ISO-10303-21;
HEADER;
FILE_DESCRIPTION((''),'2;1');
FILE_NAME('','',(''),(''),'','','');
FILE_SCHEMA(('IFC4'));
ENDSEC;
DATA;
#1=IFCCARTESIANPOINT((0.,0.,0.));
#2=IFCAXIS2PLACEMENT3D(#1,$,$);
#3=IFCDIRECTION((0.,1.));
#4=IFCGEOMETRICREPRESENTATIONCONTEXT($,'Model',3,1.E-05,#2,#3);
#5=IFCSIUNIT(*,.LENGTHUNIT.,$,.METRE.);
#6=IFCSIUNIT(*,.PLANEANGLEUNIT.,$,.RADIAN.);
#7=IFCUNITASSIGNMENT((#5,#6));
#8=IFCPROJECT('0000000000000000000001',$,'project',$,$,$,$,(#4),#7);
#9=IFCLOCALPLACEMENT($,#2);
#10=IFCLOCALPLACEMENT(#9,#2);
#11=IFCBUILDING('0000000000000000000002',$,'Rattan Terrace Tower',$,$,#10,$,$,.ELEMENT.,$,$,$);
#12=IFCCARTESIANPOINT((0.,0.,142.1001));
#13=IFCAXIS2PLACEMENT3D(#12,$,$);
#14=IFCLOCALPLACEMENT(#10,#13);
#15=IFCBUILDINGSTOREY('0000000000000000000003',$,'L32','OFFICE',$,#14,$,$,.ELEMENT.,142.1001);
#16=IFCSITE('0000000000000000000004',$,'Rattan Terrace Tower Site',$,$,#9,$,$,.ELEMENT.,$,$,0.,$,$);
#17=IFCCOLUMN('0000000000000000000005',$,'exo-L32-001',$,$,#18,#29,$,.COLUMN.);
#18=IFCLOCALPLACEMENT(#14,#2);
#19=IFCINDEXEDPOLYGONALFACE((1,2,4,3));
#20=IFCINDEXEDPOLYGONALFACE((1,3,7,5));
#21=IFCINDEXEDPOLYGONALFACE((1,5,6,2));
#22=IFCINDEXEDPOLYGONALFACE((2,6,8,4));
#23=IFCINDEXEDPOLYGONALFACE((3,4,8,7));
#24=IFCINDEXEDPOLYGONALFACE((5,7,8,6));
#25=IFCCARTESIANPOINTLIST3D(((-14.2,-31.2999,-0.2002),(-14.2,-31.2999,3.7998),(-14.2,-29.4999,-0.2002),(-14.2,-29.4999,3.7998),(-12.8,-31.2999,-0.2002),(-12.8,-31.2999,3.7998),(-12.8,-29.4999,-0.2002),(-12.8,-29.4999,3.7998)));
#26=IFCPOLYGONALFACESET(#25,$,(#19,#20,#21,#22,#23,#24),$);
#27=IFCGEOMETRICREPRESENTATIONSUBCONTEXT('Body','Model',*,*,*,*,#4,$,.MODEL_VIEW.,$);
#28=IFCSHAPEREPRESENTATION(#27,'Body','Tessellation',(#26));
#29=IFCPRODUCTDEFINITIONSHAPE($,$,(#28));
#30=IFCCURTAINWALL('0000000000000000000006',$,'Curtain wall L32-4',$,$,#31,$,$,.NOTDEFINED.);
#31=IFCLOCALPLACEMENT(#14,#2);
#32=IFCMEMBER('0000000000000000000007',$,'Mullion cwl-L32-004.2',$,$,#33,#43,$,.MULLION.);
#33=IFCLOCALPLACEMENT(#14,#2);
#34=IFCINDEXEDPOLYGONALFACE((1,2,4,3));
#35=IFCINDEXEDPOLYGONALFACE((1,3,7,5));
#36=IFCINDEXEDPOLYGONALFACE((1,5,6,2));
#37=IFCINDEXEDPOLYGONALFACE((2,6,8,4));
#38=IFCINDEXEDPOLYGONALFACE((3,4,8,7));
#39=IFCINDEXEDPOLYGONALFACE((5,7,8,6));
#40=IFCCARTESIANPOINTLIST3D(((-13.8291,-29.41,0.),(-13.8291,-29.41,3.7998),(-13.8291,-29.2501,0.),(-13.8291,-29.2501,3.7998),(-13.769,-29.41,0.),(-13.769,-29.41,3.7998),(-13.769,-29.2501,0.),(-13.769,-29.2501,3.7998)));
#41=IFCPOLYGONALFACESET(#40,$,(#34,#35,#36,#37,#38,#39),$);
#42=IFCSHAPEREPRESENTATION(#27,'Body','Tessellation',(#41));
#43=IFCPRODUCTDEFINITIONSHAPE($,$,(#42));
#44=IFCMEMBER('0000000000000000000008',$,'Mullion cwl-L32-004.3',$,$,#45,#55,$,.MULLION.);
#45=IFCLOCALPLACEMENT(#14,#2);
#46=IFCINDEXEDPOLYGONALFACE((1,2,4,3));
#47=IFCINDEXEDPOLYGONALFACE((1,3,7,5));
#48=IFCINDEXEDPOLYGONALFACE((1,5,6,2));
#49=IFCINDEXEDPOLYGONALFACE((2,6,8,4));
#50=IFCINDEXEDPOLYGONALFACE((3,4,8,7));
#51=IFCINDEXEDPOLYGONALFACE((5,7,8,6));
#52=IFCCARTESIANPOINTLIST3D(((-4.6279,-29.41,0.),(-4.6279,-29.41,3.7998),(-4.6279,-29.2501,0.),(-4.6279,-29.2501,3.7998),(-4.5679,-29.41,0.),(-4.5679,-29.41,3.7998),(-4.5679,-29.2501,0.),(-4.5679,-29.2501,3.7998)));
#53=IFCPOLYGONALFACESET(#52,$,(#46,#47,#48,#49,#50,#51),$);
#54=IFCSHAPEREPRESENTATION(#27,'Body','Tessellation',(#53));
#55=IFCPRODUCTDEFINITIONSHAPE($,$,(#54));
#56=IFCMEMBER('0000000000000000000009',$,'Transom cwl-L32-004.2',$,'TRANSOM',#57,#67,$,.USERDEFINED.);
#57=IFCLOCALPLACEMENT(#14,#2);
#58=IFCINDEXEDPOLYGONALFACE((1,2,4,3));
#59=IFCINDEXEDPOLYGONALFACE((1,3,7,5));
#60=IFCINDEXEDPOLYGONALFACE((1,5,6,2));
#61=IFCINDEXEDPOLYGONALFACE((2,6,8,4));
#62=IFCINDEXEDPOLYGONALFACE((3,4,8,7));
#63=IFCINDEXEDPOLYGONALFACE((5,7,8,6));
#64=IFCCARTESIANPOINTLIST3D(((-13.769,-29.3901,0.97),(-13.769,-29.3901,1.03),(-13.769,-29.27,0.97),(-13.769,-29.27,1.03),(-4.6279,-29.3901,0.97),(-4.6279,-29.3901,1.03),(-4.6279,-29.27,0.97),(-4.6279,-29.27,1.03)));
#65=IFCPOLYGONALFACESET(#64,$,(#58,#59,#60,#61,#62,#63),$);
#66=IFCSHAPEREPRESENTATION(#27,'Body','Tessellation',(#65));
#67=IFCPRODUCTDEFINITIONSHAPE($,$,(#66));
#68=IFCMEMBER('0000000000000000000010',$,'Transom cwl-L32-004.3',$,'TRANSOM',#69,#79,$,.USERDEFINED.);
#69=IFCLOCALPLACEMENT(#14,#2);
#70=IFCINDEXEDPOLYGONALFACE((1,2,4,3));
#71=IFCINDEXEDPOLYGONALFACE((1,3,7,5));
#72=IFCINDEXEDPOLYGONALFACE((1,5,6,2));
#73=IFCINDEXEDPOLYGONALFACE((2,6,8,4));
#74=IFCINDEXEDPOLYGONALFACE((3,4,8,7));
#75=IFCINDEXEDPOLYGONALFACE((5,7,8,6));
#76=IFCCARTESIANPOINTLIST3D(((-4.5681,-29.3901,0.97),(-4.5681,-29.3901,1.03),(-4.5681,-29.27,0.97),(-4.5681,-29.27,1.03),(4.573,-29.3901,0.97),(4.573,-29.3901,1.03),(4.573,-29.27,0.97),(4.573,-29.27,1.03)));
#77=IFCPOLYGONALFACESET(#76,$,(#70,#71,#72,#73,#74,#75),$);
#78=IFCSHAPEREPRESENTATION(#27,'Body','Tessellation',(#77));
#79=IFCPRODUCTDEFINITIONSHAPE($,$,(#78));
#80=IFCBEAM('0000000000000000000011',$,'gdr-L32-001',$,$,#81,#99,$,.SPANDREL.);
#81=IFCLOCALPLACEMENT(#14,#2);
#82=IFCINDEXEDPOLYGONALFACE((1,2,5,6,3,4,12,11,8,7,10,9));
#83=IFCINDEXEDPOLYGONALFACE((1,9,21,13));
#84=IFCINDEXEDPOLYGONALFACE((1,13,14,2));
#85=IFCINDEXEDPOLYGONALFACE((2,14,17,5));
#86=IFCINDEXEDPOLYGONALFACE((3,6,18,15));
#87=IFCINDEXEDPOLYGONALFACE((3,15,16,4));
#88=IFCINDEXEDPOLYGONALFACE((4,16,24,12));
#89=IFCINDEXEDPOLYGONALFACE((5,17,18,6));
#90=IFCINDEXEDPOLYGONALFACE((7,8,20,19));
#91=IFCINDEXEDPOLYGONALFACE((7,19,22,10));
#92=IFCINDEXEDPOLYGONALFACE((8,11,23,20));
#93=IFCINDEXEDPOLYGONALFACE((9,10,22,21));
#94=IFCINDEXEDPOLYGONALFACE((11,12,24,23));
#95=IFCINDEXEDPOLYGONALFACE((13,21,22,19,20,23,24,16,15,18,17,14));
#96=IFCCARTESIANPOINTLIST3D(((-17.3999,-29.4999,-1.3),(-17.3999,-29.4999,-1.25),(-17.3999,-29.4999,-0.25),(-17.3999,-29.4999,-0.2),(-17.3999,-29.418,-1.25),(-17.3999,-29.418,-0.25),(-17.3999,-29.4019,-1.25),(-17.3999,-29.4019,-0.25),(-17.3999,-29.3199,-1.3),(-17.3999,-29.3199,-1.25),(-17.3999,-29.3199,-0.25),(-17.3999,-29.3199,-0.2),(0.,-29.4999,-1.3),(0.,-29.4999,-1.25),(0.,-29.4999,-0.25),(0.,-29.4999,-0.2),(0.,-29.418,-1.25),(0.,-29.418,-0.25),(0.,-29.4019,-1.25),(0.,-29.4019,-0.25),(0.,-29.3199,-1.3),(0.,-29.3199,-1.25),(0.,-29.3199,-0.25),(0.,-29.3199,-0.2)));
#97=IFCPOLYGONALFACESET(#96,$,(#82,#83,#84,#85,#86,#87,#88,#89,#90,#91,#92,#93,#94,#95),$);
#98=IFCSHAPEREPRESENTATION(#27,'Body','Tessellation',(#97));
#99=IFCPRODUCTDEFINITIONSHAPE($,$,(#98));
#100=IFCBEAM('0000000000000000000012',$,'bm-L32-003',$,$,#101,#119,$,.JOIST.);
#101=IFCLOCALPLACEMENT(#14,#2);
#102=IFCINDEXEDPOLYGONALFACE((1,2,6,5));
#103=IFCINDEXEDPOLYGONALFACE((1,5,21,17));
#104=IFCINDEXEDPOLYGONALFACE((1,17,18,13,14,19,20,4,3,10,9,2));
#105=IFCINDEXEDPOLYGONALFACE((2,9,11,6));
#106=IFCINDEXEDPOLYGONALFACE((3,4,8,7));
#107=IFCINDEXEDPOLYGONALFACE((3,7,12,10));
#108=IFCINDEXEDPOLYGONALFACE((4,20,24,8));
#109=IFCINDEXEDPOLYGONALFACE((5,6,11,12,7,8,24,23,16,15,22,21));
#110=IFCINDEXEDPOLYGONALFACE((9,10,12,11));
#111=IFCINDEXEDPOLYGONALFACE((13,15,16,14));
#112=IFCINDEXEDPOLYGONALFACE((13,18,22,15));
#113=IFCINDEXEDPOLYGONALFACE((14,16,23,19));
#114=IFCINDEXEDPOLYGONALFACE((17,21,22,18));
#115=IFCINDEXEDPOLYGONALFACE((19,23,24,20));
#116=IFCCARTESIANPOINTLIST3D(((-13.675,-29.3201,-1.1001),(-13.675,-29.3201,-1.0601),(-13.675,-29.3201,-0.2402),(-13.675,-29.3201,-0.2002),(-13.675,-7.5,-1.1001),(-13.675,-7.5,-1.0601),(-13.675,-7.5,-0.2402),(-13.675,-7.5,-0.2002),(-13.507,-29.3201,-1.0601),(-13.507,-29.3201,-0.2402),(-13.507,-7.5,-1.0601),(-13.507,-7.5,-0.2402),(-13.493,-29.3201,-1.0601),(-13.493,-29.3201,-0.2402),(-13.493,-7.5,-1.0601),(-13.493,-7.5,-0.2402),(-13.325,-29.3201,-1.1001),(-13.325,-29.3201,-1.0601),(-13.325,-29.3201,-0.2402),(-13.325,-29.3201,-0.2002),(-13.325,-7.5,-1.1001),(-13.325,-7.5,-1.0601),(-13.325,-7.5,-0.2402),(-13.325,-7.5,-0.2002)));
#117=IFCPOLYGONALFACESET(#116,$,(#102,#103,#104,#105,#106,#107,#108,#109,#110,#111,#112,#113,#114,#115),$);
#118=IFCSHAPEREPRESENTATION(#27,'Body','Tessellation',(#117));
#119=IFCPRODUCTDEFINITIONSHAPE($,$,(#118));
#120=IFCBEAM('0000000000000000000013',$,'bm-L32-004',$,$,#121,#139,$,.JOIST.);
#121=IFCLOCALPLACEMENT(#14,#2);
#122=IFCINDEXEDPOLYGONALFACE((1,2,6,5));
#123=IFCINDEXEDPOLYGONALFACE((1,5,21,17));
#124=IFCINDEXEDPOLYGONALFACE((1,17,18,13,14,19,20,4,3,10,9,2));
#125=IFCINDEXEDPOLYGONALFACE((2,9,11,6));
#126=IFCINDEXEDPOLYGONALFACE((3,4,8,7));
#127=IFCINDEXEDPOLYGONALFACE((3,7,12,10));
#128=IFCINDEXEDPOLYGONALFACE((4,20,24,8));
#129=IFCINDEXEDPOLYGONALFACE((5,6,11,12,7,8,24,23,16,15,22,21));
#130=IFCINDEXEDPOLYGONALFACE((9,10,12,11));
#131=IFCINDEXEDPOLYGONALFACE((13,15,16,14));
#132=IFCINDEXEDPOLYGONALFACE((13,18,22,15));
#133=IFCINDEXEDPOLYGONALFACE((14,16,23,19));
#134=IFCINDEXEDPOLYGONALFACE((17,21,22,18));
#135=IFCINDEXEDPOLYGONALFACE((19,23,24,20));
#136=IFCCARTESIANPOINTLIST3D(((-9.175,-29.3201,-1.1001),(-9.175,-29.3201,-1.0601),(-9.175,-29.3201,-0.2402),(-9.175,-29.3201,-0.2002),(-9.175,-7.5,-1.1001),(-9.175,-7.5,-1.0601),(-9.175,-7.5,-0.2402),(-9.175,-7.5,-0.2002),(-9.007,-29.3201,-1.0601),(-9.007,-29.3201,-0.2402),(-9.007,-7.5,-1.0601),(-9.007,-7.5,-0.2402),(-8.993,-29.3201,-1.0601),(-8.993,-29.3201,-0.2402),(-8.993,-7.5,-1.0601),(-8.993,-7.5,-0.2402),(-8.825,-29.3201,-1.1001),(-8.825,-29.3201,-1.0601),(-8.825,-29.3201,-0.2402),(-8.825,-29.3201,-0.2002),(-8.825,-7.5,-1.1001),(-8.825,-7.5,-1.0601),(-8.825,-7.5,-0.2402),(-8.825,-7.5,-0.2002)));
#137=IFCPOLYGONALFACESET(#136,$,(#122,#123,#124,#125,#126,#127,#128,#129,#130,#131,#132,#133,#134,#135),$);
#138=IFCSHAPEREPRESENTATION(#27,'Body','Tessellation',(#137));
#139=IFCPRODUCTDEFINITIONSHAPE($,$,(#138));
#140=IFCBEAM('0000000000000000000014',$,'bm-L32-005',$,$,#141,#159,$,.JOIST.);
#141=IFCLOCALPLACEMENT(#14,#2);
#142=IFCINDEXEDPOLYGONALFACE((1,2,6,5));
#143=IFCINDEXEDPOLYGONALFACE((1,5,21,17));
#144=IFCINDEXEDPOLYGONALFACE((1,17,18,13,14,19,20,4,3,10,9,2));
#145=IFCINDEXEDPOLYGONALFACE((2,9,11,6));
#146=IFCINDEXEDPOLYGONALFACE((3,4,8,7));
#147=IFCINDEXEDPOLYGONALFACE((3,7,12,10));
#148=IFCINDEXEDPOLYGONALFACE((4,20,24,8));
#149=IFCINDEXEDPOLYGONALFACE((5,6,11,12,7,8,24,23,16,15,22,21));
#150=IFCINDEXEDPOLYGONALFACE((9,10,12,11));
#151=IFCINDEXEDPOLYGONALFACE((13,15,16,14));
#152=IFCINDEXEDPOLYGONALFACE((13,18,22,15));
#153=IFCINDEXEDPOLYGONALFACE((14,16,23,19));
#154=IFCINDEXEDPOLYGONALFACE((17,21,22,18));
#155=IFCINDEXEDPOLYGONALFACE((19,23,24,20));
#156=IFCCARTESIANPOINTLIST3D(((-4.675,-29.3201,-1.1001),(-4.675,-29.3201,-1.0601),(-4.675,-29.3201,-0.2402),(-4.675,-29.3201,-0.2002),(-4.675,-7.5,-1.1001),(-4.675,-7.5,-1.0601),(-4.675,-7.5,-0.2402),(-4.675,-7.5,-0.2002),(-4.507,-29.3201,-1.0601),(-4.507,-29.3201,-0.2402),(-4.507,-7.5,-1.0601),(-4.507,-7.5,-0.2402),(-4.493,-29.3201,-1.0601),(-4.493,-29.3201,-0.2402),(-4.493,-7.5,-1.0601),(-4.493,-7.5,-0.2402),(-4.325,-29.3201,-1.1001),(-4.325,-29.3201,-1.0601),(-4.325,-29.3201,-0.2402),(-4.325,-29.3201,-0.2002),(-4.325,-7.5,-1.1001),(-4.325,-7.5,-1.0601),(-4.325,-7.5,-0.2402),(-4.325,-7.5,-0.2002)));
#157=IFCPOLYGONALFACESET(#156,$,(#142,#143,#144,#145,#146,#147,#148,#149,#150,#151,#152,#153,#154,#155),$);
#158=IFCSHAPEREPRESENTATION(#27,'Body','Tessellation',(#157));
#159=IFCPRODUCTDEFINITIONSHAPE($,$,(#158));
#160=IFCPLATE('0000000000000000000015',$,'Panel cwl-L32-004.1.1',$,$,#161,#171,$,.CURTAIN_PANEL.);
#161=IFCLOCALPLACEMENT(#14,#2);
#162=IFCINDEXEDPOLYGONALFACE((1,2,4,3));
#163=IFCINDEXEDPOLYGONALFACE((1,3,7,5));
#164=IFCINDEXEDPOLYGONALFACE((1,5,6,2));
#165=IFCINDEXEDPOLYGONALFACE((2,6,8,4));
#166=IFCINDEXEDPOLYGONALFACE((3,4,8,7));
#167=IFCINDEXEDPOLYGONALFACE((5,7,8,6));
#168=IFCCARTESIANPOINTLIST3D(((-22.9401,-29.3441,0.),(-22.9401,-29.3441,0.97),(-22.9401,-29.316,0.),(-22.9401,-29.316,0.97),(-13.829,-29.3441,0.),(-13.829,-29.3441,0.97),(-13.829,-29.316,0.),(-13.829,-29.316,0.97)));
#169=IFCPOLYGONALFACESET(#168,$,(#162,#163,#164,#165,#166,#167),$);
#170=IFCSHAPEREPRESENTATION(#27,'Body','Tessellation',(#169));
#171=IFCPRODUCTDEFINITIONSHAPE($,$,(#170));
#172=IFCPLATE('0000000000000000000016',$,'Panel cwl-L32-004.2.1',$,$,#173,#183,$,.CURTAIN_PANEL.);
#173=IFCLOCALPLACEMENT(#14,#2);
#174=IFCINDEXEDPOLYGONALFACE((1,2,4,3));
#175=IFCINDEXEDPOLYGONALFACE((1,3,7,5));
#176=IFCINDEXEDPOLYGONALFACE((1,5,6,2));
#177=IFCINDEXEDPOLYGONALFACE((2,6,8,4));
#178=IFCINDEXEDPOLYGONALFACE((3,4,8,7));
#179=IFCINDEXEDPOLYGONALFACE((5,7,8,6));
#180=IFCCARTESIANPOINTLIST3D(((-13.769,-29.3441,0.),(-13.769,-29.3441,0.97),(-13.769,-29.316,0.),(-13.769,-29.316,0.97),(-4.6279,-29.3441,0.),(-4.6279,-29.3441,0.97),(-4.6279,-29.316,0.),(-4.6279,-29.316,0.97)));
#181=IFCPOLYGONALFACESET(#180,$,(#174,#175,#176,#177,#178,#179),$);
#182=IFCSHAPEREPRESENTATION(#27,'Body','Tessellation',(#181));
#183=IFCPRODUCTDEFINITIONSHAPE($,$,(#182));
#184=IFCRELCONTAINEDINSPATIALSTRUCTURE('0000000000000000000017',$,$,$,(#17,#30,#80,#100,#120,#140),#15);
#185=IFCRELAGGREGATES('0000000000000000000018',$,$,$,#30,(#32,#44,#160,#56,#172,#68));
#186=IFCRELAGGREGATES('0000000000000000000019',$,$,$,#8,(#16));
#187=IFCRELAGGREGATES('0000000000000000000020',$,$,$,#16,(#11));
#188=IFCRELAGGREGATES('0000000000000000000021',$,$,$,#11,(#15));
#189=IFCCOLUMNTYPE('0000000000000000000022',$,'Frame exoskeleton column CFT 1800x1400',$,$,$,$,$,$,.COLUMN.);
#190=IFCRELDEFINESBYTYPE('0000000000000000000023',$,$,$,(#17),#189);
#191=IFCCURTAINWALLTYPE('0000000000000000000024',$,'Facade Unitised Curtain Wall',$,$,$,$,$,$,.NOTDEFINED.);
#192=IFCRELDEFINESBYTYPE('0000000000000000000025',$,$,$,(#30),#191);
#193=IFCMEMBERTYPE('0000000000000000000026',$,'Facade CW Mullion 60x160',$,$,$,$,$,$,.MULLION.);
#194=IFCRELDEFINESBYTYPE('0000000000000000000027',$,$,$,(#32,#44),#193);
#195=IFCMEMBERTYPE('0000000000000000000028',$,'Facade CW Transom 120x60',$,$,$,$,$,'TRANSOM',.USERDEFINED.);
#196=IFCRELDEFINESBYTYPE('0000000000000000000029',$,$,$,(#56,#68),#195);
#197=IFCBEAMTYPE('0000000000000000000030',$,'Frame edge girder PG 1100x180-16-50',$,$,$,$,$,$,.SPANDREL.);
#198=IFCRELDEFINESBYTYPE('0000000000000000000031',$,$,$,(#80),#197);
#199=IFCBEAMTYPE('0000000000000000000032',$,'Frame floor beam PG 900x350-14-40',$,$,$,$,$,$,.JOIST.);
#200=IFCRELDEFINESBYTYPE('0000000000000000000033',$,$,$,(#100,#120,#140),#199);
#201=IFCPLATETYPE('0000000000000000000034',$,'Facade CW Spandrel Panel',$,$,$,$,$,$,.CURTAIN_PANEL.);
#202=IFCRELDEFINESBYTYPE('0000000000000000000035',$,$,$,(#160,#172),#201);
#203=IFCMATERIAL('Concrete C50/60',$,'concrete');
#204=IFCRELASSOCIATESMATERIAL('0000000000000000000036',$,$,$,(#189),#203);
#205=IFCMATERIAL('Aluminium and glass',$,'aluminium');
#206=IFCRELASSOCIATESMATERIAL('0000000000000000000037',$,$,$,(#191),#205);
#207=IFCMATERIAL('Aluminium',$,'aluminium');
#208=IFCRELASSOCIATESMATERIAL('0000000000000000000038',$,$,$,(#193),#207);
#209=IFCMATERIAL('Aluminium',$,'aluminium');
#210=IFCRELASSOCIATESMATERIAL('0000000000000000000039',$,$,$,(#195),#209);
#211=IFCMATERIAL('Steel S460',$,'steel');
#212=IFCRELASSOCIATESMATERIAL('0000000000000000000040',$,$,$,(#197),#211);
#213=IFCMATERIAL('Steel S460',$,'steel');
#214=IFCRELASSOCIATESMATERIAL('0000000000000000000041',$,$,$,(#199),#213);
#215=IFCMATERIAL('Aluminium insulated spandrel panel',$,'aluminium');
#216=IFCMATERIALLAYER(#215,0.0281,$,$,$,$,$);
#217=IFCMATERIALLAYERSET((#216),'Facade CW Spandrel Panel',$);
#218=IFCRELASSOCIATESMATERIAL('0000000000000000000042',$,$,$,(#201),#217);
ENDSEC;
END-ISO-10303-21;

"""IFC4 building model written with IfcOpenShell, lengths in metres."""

from ifc_helpers import new_model, si_unit, direction, frame, origin, origin_2d, place, context, subcontext, project, spatial, rectangle, i_section, extrude, material, layer, layer_set, material_profile, profile_set, type_object, element, aggregate, save


model = new_model("IFC4")

# Units and contexts
model_context = context("Model", 3, precision=1e-05, world=origin(), true_north=direction((0.0, 1.0)))
body_context = subcontext(model_context, "Body", "Model", "MODEL_VIEW")
ifc_project = project(units=[si_unit("LENGTHUNIT", "METRE"), si_unit("PLANEANGLEUNIT", "RADIAN")], contexts=[model_context])

# Site, building, storey
site_placement = place(None, origin())
site = spatial("IfcSite", under=ifc_project, at=site_placement, Name="Rattan Terrace Tower Site", CompositionType="ELEMENT", RefElevation=0.0)
building_placement = place(site_placement, origin())
building = spatial("IfcBuilding", under=site, at=building_placement, Name="Rattan Terrace Tower", CompositionType="ELEMENT")
storey_placement = place(building_placement, frame((0.0, 0.0, 142.1001)))
storey = spatial("IfcBuildingStorey", under=building, at=storey_placement, Name="L32", Description="OFFICE", CompositionType="ELEMENT", Elevation=142.1001)

# Column
ifc_material_1 = material(Name="Concrete C50/60", Category="concrete")
ifc_material_profile_1 = material_profile(ifc_material_1, rectangle(XDim=1.3999, YDim=1.8, at=origin_2d()), Name="CFT 1800x1400")
ifc_profile_set_1 = profile_set([ifc_material_profile_1], Name="Concrete C50/60")
column_type = type_object("IfcColumnType", Name="Frame exoskeleton column CFT 1800x1400", PredefinedType="COLUMN", material=ifc_profile_set_1)
column_placement = place(storey_placement, frame((-13.5, -30.3999, -0.2002), z_axis=(0.0, 0.0, 1.0), x_axis=(1.0, 0.0, 0.0)))
element("IfcColumn", 1, at=column_placement, inside=storey, type_object=column_type, Name="exo-L32-001", PredefinedType="COLUMN", context=body_context, shape_type="SweptSolid", body=[
    extrude(rectangle(XDim=1.3999, YDim=1.8, at=origin_2d()), origin(), (0.0, 0.0, 1.0), 4.0),
])

# Curtain wall, members
ifc_material_2 = material(Name="Aluminium and glass", Category="aluminium")
curtain_wall_type = type_object("IfcCurtainWallType", Name="Facade Unitised Curtain Wall", PredefinedType="NOTDEFINED", material=ifc_material_2)
curtain_wall_placement = place(storey_placement, origin())
curtain_wall = element("IfcCurtainWall", 2, at=curtain_wall_placement, inside=storey, type_object=curtain_wall_type, Name="Curtain wall L32-4", PredefinedType="NOTDEFINED")
ifc_material_3 = material(Name="Aluminium", Category="aluminium")
ifc_material_profile_2 = material_profile(ifc_material_3, rectangle(XDim=0.0601, YDim=0.1599, at=origin_2d()), Name="Aluminium 60x160")
ifc_profile_set_2 = profile_set([ifc_material_profile_2], Name="Aluminium")
member_type_1 = type_object("IfcMemberType", Name="Facade CW Mullion 60x160", PredefinedType="MULLION", material=ifc_profile_set_2)
member_1_placement = place(storey_placement, frame((-13.7991, -29.3301, 0.0), z_axis=(0.0, 0.0, 1.0), x_axis=(1.0, 0.0, 0.0)))
member_1 = element("IfcMember", 3, at=member_1_placement, type_object=member_type_1, Name="Mullion cwl-L32-004.2", PredefinedType="MULLION", context=body_context, shape_type="SweptSolid", body=[
    extrude(rectangle(XDim=0.0601, YDim=0.1599, at=origin_2d()), origin(), (0.0, 0.0, 1.0), 3.7998),
])
member_2_placement = place(storey_placement, frame((-4.5979, -29.3301, 0.0), z_axis=(0.0, 0.0, 1.0), x_axis=(1.0, 0.0, 0.0)))
member_2 = element("IfcMember", 4, at=member_2_placement, type_object=member_type_1, Name="Mullion cwl-L32-004.3", PredefinedType="MULLION", context=body_context, shape_type="SweptSolid", body=[
    extrude(rectangle(XDim=0.0601, YDim=0.1599, at=origin_2d()), origin(), (0.0, 0.0, 1.0), 3.7998),
])
ifc_material_4 = material(Name="Aluminium", Category="aluminium")
ifc_material_profile_3 = material_profile(ifc_material_4, rectangle(XDim=0.1201, YDim=0.0601, at=origin_2d()), Name="Aluminium 120x60")
ifc_profile_set_3 = profile_set([ifc_material_profile_3], Name="Aluminium")
member_type_2 = type_object("IfcMemberType", Name="Facade CW Transom 120x60", ElementType="TRANSOM", PredefinedType="USERDEFINED", material=ifc_profile_set_3)
member_3_placement = place(storey_placement, frame((-13.769, -29.3301, 1.0), z_axis=(1.0, 0.0, 0.0), x_axis=(0.0, 1.0, 0.0)))
member_3 = element("IfcMember", 5, at=member_3_placement, type_object=member_type_2, Name="Transom cwl-L32-004.2", ObjectType="TRANSOM", PredefinedType="USERDEFINED", context=body_context, shape_type="SweptSolid", body=[
    extrude(rectangle(XDim=0.1201, YDim=0.0601, at=origin_2d()), origin(), (0.0, 0.0, 1.0), 9.1411),
])
member_4_placement = place(storey_placement, frame((-4.5681, -29.3301, 1.0), z_axis=(1.0, 0.0, 0.0), x_axis=(0.0, 1.0, 0.0)))
member_4 = element("IfcMember", 6, at=member_4_placement, type_object=member_type_2, Name="Transom cwl-L32-004.3", ObjectType="TRANSOM", PredefinedType="USERDEFINED", context=body_context, shape_type="SweptSolid", body=[
    extrude(rectangle(XDim=0.1201, YDim=0.0601, at=origin_2d()), origin(), (0.0, 0.0, 1.0), 9.1411),
])

# Beams
ifc_material_5 = material(Name="Steel S460", Category="steel")
ifc_material_profile_4 = material_profile(ifc_material_5, i_section(OverallWidth=0.1799, OverallDepth=1.1001, WebThickness=0.0161, FlangeThickness=0.05, at=origin_2d()), Name="PG 1100x180-16-50")
ifc_profile_set_4 = profile_set([ifc_material_profile_4], Name="Steel S460")
beam_type_1 = type_object("IfcBeamType", Name="Frame edge girder PG 1100x180-16-50", PredefinedType="SPANDREL", material=ifc_profile_set_4)
beam_placement = place(storey_placement, frame((-17.3999, -29.4099, -0.75), z_axis=(1.0, 0.0, 0.0), x_axis=(0.0, 1.0, 0.0)))
element("IfcBeam", 7, at=beam_placement, inside=storey, type_object=beam_type_1, Name="gdr-L32-001", PredefinedType="SPANDREL", context=body_context, shape_type="SweptSolid", body=[
    extrude(i_section(OverallWidth=0.1799, OverallDepth=1.1001, WebThickness=0.0161, FlangeThickness=0.05, at=origin_2d()), origin(), (0.0, 0.0, 1.0), 17.3999),
])
ifc_material_6 = material(Name="Steel S460", Category="steel")
ifc_material_profile_5 = material_profile(ifc_material_6, i_section(OverallWidth=0.3501, OverallDepth=0.8999, WebThickness=0.0139, FlangeThickness=0.04, at=origin_2d()), Name="PG 900x350-14-40")
ifc_profile_set_5 = profile_set([ifc_material_profile_5], Name="Steel S460")
beam_type_2 = type_object("IfcBeamType", Name="Frame floor beam PG 900x350-14-40", PredefinedType="JOIST", material=ifc_profile_set_5)
for number, where, z_axis, x_axis, name in (
    (8, (-13.5, -29.3201, -0.6501), (0.0, 1.0, 0.0), (-1.0, 0.0, 0.0), "bm-L32-003"),
    (9, (-9.0, -29.3201, -0.6501), (0.0, 1.0, 0.0), (-1.0, 0.0, 0.0), "bm-L32-004"),
    (10, (-4.5, -29.3201, -0.6501), (0.0, 1.0, 0.0), (-1.0, 0.0, 0.0), "bm-L32-005"),
):
    element("IfcBeam", number, at=place(storey_placement, frame(where, z_axis=z_axis, x_axis=x_axis)), inside=storey, type_object=beam_type_2, Name=name, PredefinedType="JOIST", context=body_context, shape_type="SweptSolid", body=[
        extrude(i_section(OverallWidth=0.3501, OverallDepth=0.8999, WebThickness=0.0139, FlangeThickness=0.04, at=origin_2d()), origin(), (0.0, 0.0, 1.0), 21.8201),
    ])

# Plates
ifc_material_7 = material(Name="Aluminium insulated spandrel panel", Category="aluminium")
ifc_layer_1 = layer(ifc_material_7, 0.0281)
ifc_layer_set_1 = layer_set([ifc_layer_1], Name="Facade CW Spandrel Panel")
plate_type_1 = type_object("IfcPlateType", Name="Facade CW Spandrel Panel", PredefinedType="CURTAIN_PANEL", material=ifc_layer_set_1)
plate_1_placement = place(storey_placement, frame((-18.3845, -29.3301, 0.0), z_axis=(0.0, 0.0, 1.0), x_axis=(1.0, 0.0, 0.0)))
plate_1 = element("IfcPlate", 11, at=plate_1_placement, type_object=plate_type_1, Name="Panel cwl-L32-004.1.1", PredefinedType="CURTAIN_PANEL", context=body_context, shape_type="SweptSolid", body=[
    extrude(rectangle(XDim=9.1111, YDim=0.0281, at=origin_2d()), origin(), (0.0, 0.0, 1.0), 0.97),
])
plate_2_placement = place(storey_placement, frame((-9.1985, -29.3301, 0.0), z_axis=(0.0, 0.0, 1.0), x_axis=(1.0, 0.0, 0.0)))
plate_2 = element("IfcPlate", 12, at=plate_2_placement, type_object=plate_type_1, Name="Panel cwl-L32-004.2.1", PredefinedType="CURTAIN_PANEL", context=body_context, shape_type="SweptSolid", body=[
    extrude(rectangle(XDim=9.1411, YDim=0.0281, at=origin_2d()), origin(), (0.0, 0.0, 1.0), 0.97),
])
aggregate(curtain_wall, [member_1, member_2, plate_1, member_3, plate_2, member_4])

save(model, "model.ifc")
